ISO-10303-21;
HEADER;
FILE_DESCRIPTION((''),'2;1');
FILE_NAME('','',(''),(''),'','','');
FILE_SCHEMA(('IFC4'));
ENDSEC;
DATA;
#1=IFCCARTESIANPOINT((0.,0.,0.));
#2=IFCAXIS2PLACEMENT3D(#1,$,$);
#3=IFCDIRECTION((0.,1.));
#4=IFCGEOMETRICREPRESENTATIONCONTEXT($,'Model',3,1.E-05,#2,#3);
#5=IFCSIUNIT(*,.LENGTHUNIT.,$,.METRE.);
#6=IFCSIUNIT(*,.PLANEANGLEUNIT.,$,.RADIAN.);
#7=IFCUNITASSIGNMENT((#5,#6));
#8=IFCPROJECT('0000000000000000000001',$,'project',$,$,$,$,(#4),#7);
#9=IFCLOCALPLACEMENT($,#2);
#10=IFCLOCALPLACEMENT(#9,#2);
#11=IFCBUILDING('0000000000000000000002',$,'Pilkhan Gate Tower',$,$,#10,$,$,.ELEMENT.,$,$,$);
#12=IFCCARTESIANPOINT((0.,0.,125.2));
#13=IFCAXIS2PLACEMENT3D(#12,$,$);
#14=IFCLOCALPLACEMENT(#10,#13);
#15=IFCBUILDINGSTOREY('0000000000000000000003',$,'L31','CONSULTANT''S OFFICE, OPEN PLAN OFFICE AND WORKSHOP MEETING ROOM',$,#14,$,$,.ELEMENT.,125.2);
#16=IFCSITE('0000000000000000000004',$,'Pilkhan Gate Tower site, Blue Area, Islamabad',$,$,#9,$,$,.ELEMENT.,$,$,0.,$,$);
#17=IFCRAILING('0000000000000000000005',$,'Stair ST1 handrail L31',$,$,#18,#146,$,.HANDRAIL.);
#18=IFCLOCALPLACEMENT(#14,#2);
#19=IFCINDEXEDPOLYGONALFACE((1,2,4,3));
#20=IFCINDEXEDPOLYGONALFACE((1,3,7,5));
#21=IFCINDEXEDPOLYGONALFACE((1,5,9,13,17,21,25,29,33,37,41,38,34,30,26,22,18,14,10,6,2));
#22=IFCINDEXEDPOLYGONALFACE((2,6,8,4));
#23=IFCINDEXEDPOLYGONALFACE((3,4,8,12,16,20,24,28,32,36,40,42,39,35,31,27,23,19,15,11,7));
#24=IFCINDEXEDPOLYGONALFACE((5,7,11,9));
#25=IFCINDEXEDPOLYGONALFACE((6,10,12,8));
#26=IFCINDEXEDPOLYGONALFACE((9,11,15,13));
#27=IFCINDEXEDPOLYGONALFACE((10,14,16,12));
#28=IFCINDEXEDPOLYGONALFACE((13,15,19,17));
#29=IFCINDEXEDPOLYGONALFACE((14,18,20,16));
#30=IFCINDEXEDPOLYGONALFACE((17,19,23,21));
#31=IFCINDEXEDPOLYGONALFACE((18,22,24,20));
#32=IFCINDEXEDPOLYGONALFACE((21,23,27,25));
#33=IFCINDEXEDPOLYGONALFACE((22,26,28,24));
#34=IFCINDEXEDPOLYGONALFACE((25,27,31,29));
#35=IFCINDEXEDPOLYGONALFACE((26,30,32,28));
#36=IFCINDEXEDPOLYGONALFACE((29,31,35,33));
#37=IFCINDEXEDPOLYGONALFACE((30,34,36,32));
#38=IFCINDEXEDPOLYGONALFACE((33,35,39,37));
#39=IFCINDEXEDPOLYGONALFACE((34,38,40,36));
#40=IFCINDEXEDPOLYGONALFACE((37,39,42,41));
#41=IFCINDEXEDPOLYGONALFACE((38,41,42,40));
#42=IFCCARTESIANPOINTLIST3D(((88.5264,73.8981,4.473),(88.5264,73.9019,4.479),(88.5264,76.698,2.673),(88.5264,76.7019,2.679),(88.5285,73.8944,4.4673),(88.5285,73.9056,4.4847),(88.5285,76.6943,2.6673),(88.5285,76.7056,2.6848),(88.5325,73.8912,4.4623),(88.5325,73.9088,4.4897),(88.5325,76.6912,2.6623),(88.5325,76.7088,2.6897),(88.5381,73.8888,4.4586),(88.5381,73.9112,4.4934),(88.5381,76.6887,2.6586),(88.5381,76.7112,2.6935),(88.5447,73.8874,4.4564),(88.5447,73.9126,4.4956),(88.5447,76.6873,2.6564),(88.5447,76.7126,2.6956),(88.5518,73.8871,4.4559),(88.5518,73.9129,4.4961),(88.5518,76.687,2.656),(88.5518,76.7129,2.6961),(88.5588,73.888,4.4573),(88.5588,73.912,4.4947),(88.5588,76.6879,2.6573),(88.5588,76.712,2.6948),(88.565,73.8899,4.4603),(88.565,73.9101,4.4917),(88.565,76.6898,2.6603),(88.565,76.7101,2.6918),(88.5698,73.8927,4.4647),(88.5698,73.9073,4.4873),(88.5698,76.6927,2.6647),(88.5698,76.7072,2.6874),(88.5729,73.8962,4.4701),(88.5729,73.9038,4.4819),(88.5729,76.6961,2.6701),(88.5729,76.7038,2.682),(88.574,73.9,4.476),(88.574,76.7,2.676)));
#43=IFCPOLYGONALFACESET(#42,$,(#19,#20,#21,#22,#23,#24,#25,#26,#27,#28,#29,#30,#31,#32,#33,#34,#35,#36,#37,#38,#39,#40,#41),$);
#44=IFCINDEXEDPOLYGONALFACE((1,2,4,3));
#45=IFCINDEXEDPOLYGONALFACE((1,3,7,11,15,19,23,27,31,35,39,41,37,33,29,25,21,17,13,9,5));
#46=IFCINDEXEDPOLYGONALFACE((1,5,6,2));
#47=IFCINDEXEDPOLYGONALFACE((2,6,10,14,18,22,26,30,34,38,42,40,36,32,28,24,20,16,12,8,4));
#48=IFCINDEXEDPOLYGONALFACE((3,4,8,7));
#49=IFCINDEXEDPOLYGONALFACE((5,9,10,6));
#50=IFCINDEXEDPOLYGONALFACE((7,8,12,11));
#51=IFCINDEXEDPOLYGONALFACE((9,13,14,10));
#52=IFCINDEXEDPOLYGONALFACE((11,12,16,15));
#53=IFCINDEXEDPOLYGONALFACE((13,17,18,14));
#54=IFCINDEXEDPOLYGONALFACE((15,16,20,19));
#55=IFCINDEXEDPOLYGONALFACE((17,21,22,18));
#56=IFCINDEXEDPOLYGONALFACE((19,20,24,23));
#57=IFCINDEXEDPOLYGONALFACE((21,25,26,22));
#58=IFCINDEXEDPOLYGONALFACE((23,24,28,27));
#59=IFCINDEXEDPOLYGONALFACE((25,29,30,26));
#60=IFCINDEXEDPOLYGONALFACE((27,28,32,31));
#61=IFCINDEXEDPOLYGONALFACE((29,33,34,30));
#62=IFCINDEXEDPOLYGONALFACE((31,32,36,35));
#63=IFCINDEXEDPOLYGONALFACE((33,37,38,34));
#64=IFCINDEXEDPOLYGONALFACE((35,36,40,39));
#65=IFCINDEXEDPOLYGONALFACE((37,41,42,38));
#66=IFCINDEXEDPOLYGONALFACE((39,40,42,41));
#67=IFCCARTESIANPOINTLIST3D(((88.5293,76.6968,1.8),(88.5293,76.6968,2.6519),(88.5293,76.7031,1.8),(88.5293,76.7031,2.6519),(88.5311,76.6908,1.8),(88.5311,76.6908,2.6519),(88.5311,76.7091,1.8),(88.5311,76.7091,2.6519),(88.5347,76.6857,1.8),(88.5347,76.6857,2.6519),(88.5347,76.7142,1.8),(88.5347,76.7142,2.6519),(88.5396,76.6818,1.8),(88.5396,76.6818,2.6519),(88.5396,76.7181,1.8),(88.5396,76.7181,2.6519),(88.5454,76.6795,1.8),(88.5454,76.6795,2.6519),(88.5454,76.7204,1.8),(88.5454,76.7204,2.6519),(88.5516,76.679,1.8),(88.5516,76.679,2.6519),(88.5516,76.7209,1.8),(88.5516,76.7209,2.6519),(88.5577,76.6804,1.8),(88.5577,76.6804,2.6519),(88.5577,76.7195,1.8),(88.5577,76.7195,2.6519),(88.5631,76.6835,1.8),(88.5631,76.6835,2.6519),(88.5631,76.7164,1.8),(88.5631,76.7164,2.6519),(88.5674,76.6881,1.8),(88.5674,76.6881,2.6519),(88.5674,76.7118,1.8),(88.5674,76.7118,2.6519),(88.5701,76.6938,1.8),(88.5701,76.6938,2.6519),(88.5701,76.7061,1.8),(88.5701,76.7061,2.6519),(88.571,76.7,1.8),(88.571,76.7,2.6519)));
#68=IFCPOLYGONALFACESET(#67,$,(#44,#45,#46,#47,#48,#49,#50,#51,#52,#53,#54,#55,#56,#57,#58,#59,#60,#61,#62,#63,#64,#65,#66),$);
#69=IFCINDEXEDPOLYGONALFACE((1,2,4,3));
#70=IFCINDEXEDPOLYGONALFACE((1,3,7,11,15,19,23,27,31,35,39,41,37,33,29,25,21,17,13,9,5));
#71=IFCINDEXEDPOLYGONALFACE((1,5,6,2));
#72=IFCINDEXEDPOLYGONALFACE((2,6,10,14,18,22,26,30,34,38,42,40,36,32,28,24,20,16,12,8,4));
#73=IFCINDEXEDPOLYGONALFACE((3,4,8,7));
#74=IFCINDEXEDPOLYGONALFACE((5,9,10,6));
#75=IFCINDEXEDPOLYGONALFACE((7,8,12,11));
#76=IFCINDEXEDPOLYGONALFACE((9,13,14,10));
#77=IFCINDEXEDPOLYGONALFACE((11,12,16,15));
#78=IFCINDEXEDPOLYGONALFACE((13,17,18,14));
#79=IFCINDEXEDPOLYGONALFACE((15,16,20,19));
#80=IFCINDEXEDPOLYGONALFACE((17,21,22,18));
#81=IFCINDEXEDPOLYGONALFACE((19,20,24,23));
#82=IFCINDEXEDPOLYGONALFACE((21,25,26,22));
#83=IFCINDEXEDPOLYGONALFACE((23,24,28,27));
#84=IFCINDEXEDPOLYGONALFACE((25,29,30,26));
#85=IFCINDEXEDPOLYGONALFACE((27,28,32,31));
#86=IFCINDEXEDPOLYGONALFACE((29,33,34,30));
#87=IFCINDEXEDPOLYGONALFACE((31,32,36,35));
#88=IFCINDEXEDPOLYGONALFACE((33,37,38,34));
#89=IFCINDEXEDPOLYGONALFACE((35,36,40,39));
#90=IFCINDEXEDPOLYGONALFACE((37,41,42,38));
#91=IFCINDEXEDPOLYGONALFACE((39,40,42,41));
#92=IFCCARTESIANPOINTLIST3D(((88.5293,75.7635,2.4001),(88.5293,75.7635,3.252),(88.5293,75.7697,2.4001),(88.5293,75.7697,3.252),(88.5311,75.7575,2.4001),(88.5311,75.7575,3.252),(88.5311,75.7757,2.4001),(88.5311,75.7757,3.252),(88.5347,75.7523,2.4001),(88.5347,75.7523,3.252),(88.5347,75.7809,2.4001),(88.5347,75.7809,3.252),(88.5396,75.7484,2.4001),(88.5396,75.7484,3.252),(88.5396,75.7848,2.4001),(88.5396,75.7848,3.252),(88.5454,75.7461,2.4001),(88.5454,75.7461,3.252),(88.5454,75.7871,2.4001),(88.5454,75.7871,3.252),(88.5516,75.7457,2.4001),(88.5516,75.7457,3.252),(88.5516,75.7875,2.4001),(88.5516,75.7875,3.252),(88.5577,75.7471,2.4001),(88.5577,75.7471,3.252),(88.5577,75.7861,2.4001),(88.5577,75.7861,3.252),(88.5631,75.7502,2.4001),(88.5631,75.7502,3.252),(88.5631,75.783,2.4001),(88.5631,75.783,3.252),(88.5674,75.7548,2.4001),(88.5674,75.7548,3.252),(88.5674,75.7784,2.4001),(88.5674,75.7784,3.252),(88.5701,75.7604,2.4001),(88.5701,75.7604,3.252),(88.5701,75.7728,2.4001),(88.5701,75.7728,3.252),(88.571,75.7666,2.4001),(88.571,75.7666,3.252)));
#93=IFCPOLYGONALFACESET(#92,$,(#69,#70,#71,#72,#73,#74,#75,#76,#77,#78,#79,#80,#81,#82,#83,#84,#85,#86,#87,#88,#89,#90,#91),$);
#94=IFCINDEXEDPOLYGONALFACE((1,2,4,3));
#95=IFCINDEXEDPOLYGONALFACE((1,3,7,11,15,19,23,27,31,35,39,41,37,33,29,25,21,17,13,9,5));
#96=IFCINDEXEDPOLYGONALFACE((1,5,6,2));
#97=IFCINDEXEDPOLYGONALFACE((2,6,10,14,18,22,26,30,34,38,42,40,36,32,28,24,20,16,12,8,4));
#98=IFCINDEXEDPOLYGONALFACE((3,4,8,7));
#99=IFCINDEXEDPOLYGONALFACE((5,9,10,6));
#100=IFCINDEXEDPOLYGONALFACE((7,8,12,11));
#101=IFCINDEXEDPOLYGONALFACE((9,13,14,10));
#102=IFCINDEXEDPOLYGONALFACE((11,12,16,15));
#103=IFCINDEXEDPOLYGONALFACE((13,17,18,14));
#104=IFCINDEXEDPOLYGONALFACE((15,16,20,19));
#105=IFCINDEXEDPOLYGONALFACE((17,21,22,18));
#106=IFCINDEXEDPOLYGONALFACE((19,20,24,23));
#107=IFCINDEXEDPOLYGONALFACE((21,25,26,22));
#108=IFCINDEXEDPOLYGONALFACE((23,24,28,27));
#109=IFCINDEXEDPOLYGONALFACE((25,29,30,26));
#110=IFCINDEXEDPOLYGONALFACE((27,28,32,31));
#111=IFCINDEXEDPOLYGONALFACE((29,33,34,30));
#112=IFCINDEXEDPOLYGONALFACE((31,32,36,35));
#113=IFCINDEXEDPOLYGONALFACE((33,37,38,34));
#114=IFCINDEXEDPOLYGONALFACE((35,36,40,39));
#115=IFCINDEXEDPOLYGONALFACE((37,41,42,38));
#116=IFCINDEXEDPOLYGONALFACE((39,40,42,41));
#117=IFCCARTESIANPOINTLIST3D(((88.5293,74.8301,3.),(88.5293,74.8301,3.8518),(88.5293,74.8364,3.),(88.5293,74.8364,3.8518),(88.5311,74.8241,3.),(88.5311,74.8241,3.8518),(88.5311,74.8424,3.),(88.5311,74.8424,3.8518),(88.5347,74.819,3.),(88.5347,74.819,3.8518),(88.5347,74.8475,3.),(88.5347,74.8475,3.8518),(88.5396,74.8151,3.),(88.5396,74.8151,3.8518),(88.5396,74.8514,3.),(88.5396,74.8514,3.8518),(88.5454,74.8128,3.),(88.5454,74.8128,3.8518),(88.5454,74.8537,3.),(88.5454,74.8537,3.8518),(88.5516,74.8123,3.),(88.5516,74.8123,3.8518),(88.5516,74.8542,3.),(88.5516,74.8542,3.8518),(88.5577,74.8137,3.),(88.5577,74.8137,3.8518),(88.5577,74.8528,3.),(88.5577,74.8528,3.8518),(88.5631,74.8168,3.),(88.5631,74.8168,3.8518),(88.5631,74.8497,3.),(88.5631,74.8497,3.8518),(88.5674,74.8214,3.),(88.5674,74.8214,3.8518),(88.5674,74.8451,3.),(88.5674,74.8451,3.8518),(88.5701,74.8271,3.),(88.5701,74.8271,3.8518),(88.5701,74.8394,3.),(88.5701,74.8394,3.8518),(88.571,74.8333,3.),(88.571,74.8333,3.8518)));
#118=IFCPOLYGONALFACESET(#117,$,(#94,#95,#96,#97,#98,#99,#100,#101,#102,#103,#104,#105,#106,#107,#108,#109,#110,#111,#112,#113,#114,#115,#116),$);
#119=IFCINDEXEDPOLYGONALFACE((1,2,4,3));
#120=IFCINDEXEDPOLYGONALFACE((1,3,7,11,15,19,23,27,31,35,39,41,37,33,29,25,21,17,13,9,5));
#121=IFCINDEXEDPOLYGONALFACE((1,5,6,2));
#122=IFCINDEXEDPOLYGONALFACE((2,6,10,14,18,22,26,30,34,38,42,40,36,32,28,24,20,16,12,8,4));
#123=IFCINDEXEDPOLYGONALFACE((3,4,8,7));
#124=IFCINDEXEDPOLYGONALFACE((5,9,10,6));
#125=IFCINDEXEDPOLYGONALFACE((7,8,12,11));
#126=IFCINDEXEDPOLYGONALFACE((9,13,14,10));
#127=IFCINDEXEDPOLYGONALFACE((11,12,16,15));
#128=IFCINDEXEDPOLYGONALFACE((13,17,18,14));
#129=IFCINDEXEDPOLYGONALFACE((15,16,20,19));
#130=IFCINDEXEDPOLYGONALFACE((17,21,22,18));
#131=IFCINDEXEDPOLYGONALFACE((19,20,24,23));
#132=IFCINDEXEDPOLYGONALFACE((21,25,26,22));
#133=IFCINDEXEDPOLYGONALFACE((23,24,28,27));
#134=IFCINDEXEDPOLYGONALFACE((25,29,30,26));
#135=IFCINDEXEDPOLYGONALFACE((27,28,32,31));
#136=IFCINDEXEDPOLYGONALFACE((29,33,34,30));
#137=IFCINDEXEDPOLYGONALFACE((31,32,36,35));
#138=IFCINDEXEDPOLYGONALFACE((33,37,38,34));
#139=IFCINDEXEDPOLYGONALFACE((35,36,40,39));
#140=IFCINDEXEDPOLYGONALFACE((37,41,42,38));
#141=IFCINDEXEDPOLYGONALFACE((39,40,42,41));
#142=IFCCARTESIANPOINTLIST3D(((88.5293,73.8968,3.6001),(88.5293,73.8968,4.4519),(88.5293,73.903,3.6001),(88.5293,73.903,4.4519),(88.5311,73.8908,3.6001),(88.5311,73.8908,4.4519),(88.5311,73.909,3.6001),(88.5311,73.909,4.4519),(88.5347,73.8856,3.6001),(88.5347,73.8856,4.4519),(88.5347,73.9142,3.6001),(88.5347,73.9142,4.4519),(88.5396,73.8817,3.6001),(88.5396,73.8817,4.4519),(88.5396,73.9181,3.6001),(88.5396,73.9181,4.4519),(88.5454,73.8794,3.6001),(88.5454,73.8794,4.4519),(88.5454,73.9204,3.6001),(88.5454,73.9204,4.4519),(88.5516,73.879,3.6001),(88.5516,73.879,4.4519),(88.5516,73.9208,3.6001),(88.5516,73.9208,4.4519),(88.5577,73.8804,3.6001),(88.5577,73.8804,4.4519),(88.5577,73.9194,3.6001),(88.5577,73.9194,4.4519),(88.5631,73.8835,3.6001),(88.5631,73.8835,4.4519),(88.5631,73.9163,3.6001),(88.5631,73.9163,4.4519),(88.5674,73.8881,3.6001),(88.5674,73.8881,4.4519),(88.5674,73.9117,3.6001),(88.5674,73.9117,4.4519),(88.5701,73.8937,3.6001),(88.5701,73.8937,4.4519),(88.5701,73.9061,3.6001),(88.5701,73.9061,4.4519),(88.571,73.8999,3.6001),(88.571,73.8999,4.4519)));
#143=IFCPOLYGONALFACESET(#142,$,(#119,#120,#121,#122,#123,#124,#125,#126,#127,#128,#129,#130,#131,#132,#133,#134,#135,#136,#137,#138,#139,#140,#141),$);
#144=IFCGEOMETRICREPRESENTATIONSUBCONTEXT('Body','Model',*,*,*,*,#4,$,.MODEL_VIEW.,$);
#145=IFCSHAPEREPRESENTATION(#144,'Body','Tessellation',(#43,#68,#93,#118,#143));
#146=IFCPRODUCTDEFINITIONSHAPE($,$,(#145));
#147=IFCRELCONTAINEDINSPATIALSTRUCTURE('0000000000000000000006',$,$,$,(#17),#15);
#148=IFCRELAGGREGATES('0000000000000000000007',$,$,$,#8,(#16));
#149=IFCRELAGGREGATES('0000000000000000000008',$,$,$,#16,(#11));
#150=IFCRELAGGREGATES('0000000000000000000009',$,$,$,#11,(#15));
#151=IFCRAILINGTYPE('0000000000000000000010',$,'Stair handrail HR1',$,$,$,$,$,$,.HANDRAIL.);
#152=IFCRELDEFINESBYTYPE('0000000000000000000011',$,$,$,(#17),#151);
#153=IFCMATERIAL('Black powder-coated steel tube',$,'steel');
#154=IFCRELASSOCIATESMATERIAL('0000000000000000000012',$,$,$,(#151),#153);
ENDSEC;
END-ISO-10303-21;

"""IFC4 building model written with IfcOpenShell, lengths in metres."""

from ifc_helpers import new_model, si_unit, direction, frame, origin, origin_2d, place, context, subcontext, project, spatial, circle, extrude, material, type_object, element, save


model = new_model("IFC4")

# Units and contexts
model_context = context("Model", 3, precision=1e-05, world=origin(), true_north=direction((0.0, 1.0)))
body_context = subcontext(model_context, "Body", "Model", "MODEL_VIEW")
ifc_project = project(units=[si_unit("LENGTHUNIT", "METRE"), si_unit("PLANEANGLEUNIT", "RADIAN")], contexts=[model_context])

# Site, building, storey
site_placement = place(None, origin())
site = spatial("IfcSite", under=ifc_project, at=site_placement, Name="Pilkhan Gate Tower site, Blue Area, Islamabad", CompositionType="ELEMENT", RefElevation=0.0)
building_placement = place(site_placement, origin())
building = spatial("IfcBuilding", under=site, at=building_placement, Name="Pilkhan Gate Tower", CompositionType="ELEMENT")
storey_placement = place(building_placement, frame((0.0, 0.0, 125.2)))
storey = spatial("IfcBuildingStorey", under=building, at=storey_placement, Name="L31", Description="CONSULTANT'S OFFICE, OPEN PLAN OFFICE AND WORKSHOP MEETING ROOM", CompositionType="ELEMENT", Elevation=125.2)

# Railing
ifc_material_1 = material(Name="Black powder-coated steel tube", Category="steel")
railing_type_1 = type_object("IfcRailingType", Name="Stair handrail HR1", PredefinedType="HANDRAIL", material=ifc_material_1)
railing_1_placement = place(storey_placement, frame((88.55, 76.7, 1.8)))
element("IfcRailing", 1, at=railing_1_placement, inside=storey, type_object=railing_type_1, Name="Stair ST1 handrail L31", PredefinedType="HANDRAIL", context=body_context, shape_type="SweptSolid", body=[
    extrude(circle(Radius=0.0239, at=origin_2d()), frame((0.0, 0.0, 0.876), z_axis=(0.0, -0.841176, 0.540761), x_axis=(1.0, 0.0, 0.0)), (0.0, 0.0, 1.0), 3.3286),
    extrude(circle(Radius=0.021, at=origin_2d()), origin(), (0.0, 0.0, 1.0), 0.8518),
    extrude(circle(Radius=0.021, at=origin_2d()), frame((0.0, -0.9333, 0.6001)), (0.0, 0.0, 1.0), 0.8518),
    extrude(circle(Radius=0.021, at=origin_2d()), frame((0.0, -1.8667, 1.2)), (0.0, 0.0, 1.0), 0.8518),
    extrude(circle(Radius=0.021, at=origin_2d()), frame((0.0, -2.8, 1.8)), (0.0, 0.0, 1.0), 0.8518),
])

save(model, "model.ifc")
